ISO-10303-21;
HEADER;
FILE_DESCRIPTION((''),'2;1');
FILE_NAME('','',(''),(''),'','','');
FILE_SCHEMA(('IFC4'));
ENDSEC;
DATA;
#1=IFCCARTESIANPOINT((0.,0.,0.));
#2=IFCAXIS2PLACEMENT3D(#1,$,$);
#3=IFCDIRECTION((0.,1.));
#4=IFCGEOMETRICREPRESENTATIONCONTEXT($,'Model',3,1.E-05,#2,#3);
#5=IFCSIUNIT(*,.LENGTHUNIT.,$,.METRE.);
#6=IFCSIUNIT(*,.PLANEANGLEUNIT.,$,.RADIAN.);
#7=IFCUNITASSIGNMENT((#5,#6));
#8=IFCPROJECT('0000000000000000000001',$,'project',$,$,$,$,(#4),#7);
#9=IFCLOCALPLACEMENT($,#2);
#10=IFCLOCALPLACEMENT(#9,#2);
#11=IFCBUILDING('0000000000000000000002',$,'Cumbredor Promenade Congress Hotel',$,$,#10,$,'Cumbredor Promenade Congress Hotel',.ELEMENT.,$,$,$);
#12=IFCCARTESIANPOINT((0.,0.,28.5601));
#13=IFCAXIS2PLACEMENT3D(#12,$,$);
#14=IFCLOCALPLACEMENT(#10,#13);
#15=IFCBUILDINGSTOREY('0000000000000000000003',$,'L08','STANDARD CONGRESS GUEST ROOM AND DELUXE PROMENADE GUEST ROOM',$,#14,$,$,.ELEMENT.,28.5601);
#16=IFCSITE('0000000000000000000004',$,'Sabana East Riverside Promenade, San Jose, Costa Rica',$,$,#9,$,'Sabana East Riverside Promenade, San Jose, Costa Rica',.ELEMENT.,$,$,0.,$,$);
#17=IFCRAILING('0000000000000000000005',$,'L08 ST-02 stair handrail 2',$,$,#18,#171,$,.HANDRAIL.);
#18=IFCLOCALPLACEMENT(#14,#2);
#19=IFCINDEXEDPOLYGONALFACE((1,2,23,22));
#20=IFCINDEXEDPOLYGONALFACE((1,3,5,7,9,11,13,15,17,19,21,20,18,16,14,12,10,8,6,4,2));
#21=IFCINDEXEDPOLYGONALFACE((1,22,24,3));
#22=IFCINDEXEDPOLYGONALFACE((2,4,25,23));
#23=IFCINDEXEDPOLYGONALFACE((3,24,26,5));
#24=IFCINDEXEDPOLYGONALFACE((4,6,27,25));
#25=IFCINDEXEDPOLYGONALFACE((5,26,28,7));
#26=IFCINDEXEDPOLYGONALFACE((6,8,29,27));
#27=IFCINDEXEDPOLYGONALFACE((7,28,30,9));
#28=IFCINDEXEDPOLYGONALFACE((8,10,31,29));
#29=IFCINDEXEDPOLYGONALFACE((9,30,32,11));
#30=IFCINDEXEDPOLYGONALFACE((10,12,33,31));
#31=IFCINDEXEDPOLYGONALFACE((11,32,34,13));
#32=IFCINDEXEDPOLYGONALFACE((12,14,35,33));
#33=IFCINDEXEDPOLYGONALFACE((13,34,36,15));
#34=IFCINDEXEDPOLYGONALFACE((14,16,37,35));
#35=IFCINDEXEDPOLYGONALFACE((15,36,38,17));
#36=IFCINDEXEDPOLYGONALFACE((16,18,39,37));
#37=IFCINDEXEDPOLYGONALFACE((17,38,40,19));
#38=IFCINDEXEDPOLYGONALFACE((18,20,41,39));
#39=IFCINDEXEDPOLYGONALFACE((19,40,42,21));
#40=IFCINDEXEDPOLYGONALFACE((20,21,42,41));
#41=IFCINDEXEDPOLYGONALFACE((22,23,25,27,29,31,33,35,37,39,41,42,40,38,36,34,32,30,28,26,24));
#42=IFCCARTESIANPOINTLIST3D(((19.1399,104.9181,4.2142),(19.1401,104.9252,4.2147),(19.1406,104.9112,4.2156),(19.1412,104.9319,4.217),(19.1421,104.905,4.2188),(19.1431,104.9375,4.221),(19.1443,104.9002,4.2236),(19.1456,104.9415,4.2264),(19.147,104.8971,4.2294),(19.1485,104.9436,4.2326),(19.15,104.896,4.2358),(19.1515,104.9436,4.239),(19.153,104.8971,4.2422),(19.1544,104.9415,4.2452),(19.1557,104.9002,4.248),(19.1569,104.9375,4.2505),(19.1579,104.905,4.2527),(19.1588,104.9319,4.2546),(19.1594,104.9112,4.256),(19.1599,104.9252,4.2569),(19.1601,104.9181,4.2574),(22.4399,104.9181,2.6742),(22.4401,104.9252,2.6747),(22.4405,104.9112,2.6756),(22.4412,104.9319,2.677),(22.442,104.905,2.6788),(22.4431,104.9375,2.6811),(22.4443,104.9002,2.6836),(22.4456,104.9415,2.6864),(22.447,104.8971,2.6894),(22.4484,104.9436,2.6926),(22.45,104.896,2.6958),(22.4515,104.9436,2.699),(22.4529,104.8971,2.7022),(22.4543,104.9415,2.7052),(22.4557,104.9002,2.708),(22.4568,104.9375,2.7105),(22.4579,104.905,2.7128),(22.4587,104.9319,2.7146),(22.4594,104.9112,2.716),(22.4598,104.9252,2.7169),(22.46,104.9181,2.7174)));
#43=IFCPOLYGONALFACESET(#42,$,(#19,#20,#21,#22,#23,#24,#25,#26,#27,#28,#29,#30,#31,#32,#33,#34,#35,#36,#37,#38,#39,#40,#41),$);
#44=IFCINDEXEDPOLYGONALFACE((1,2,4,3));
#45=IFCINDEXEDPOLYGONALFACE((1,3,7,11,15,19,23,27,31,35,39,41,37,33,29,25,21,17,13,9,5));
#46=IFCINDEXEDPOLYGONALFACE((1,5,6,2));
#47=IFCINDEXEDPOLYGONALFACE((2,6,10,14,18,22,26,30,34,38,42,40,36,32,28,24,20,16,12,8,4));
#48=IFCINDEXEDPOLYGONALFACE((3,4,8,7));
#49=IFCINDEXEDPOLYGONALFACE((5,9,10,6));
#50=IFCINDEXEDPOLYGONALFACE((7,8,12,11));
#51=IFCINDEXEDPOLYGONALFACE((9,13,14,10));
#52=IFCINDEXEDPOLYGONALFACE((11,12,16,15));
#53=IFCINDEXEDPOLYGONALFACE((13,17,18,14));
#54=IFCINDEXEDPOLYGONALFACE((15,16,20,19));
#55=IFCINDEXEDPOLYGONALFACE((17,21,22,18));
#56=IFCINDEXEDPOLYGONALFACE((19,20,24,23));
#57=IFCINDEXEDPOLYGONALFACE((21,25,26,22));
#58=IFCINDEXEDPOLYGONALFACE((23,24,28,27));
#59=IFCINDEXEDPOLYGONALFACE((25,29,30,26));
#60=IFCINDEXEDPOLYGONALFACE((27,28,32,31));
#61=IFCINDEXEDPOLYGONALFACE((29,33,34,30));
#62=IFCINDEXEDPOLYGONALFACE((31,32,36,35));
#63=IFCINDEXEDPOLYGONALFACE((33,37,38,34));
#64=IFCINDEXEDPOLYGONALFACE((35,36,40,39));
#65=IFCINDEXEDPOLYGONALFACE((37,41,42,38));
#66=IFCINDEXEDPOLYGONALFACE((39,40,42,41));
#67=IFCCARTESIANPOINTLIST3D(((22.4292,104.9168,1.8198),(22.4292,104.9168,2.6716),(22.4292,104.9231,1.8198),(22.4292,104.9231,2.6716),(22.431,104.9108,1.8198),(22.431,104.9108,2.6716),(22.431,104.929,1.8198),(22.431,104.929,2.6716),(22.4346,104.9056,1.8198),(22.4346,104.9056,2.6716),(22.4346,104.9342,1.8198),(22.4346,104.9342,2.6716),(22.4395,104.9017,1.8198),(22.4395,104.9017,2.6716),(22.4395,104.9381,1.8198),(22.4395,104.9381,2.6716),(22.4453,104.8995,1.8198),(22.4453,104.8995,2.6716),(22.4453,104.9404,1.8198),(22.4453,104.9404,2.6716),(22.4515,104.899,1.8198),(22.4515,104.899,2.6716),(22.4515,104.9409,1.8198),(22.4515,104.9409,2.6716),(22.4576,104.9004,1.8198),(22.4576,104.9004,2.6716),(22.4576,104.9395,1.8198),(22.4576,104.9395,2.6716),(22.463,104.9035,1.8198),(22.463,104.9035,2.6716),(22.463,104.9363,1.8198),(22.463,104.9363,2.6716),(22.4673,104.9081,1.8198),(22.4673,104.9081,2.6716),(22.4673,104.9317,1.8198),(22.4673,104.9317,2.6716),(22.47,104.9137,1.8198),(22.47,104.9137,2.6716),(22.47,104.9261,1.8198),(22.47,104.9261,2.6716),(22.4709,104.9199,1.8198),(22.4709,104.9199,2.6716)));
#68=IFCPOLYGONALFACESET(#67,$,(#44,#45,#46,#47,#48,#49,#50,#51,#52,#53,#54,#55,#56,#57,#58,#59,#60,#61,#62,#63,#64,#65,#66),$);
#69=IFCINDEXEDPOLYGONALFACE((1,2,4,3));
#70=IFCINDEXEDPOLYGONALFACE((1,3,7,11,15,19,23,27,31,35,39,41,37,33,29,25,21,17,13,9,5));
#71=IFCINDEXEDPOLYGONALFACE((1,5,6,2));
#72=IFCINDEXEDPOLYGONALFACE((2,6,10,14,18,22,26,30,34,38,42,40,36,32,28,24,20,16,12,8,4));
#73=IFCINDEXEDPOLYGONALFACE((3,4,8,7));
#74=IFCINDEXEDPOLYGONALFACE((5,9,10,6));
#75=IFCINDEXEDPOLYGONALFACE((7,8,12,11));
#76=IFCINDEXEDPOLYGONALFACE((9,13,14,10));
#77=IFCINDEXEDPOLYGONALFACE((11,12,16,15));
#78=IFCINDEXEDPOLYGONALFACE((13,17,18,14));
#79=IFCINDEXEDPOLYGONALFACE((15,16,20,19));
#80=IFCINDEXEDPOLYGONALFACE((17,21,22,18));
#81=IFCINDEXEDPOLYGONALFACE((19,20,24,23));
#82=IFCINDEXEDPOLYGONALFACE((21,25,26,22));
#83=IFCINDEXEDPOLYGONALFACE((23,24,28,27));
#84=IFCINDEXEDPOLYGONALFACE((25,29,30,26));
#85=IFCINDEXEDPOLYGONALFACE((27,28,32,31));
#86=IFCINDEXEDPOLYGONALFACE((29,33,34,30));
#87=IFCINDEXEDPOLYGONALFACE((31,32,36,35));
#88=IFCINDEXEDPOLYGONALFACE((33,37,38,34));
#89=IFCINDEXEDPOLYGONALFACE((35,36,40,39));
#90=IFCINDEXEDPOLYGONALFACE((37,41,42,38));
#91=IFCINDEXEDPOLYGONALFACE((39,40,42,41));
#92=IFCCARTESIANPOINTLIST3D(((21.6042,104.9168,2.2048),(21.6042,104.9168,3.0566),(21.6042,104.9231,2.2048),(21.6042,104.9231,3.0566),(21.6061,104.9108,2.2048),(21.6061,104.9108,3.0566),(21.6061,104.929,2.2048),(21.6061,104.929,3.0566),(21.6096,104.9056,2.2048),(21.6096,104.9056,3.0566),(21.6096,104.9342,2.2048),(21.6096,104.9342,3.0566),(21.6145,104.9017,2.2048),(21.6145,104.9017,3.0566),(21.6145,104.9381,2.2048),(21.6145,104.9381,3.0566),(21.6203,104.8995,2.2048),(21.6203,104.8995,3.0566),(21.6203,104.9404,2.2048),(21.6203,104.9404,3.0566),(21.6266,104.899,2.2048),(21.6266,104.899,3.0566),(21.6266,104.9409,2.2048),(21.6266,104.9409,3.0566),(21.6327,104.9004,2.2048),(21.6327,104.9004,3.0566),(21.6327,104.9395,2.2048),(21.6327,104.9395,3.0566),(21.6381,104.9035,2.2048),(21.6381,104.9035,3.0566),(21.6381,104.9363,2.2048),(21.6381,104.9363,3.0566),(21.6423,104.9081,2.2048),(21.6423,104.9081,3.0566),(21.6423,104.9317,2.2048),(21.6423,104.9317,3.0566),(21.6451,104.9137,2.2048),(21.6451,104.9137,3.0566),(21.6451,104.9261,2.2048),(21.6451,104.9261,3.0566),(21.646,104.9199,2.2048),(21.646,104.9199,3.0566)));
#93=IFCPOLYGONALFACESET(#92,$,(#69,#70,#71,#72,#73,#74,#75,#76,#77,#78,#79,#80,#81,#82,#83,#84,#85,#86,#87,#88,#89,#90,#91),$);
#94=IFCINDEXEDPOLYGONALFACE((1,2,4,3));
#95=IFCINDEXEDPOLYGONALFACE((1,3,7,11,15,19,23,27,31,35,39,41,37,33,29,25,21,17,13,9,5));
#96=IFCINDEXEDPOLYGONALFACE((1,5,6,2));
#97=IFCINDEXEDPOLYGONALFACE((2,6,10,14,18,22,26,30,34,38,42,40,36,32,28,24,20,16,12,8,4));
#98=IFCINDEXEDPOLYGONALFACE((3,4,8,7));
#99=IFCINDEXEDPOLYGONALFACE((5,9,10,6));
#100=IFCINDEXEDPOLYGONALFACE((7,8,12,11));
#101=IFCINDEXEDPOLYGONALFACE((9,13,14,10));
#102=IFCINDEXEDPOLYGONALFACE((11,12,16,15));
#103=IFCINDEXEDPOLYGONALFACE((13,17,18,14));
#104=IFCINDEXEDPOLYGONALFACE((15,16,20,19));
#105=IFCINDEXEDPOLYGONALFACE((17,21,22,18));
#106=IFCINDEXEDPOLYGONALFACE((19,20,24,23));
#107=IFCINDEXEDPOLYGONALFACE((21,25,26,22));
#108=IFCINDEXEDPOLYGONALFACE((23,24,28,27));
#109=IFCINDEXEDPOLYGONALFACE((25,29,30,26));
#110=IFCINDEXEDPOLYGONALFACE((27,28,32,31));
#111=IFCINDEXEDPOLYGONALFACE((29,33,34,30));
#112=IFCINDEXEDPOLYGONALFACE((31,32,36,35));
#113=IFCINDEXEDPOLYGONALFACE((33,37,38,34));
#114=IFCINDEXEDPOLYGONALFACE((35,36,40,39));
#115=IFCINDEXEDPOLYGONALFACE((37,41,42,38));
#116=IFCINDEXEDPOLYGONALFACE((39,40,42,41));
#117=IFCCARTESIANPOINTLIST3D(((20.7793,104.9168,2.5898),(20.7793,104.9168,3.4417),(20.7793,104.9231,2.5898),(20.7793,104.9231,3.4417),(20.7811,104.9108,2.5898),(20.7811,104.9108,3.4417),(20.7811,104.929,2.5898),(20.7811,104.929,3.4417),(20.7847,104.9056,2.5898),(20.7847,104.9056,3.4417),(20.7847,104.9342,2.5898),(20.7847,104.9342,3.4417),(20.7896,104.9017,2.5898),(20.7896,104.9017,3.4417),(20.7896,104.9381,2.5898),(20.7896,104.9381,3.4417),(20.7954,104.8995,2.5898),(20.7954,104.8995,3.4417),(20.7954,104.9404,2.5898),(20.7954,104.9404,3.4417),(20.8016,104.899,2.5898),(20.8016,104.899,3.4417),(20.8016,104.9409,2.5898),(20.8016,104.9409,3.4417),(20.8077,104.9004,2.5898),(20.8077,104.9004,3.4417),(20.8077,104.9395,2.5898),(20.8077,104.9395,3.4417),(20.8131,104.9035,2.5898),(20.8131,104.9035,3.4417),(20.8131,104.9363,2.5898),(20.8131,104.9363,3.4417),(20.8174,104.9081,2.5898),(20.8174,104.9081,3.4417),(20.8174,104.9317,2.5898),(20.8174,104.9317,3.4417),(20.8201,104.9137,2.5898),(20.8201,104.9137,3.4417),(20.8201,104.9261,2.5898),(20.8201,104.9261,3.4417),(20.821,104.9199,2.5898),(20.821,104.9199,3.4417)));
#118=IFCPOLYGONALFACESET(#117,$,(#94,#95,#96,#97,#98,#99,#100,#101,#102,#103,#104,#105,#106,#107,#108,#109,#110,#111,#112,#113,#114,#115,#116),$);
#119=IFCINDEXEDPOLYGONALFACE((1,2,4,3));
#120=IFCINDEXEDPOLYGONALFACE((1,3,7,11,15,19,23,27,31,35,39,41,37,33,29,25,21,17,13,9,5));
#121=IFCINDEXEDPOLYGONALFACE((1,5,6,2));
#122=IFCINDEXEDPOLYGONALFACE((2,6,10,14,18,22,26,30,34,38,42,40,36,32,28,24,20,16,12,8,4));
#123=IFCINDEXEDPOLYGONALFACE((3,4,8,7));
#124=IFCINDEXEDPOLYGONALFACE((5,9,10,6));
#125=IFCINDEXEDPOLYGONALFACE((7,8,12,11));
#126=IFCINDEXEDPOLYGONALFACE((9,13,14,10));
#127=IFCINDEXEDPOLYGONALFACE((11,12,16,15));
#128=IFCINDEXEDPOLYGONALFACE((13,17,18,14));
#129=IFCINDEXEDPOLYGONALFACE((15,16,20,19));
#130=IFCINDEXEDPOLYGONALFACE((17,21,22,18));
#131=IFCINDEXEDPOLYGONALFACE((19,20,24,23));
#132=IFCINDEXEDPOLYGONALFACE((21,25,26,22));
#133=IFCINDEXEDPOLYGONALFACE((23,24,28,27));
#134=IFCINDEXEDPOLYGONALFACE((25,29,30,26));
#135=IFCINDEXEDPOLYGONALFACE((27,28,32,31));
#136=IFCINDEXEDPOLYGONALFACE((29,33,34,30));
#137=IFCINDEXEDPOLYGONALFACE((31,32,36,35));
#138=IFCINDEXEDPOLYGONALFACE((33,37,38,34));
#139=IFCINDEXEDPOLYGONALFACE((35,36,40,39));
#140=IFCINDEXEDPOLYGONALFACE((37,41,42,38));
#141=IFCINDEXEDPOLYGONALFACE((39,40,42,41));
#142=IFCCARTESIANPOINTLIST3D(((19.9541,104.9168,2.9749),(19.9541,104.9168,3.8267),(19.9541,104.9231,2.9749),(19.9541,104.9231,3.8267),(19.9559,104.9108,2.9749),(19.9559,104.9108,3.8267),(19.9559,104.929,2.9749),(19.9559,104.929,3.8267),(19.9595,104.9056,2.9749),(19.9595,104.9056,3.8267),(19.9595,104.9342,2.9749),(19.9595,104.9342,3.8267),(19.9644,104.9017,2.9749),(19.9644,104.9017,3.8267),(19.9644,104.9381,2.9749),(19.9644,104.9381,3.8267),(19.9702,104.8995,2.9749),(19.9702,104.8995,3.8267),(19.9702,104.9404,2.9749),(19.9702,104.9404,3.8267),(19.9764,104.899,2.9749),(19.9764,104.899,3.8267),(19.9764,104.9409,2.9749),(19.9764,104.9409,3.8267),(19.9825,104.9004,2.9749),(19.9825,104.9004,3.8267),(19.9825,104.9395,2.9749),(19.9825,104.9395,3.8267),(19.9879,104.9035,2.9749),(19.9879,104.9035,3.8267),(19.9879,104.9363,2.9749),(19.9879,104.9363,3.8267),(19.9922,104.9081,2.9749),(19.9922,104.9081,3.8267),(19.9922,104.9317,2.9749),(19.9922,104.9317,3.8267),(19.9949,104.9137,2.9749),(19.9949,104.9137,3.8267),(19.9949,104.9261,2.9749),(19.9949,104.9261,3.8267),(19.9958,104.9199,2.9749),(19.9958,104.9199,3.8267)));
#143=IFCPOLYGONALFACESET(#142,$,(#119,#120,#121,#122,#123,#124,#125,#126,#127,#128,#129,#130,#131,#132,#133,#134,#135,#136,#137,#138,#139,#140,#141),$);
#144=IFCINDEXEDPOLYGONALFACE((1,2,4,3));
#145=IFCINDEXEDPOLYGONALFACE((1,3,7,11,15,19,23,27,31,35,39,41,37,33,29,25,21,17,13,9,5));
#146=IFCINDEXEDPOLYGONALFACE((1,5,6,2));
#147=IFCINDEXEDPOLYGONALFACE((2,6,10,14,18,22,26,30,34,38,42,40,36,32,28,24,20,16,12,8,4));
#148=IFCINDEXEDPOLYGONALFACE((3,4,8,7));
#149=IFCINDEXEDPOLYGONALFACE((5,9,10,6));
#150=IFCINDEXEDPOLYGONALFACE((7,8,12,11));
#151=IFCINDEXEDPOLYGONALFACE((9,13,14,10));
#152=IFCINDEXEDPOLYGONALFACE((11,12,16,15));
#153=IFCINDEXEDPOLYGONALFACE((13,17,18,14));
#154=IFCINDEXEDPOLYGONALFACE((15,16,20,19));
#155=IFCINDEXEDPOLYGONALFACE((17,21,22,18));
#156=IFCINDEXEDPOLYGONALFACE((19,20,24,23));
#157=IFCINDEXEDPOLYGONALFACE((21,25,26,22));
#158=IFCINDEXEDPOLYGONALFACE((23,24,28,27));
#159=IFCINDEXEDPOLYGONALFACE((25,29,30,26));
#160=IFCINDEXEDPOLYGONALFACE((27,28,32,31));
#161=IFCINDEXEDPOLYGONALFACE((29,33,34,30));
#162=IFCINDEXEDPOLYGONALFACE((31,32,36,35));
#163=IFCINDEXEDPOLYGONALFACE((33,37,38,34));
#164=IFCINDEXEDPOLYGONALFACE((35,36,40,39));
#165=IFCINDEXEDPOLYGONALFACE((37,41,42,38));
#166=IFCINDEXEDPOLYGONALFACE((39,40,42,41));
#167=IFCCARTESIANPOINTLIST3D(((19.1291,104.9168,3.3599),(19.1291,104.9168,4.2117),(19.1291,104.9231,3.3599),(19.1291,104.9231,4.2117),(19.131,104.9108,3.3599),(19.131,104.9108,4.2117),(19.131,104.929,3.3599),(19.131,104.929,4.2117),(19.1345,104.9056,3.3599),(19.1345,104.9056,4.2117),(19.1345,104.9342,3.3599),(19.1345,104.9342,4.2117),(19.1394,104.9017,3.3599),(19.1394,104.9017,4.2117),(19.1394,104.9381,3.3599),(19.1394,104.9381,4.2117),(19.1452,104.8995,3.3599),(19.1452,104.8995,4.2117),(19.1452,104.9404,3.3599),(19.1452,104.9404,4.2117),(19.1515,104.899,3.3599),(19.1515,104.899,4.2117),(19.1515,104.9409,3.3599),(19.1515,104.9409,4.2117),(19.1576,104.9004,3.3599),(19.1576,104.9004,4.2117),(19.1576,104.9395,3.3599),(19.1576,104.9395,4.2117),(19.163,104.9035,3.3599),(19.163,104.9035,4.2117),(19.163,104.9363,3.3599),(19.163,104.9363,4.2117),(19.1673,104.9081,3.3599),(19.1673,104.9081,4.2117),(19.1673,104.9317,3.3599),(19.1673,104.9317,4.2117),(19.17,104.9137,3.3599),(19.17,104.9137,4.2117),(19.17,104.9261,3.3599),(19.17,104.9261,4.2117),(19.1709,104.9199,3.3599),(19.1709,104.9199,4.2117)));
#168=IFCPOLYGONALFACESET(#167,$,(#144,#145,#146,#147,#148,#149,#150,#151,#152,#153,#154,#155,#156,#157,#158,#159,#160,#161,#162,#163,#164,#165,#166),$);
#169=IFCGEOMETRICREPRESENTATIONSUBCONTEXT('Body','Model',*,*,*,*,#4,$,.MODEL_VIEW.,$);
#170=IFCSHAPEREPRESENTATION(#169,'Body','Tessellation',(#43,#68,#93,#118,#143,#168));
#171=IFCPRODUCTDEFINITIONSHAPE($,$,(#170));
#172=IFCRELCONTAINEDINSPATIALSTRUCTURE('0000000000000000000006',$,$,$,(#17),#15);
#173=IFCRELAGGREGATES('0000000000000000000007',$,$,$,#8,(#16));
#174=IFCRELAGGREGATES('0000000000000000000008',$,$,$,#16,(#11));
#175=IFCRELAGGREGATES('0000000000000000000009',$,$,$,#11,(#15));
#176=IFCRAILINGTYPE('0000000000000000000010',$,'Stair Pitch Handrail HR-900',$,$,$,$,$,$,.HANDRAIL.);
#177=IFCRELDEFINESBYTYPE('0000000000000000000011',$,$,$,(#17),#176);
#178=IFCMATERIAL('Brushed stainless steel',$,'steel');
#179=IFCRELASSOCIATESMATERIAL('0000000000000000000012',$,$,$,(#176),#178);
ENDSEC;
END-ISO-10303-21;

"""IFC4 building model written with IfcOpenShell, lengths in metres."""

from ifc_helpers import new_model, si_unit, direction, frame, origin, origin_2d, place, context, subcontext, project, spatial, circle, extrude, material, type_object, element, save


model = new_model("IFC4")

# Units and contexts
model_context = context("Model", 3, precision=1e-05, world=origin(), true_north=direction((0.0, 1.0)))
body_context = subcontext(model_context, "Body", "Model", "MODEL_VIEW")
ifc_project = project(units=[si_unit("LENGTHUNIT", "METRE"), si_unit("PLANEANGLEUNIT", "RADIAN")], contexts=[model_context])

# Site, building, storey
site_placement = place(None, origin())
site = spatial("IfcSite", under=ifc_project, at=site_placement, Name="Sabana East Riverside Promenade, San Jose, Costa Rica", LongName="Sabana East Riverside Promenade, San Jose, Costa Rica", CompositionType="ELEMENT", RefElevation=0.0)
building_placement = place(site_placement, origin())
building = spatial("IfcBuilding", under=site, at=building_placement, Name="Cumbredor Promenade Congress Hotel", LongName="Cumbredor Promenade Congress Hotel", CompositionType="ELEMENT")
storey_placement = place(building_placement, frame((0.0, 0.0, 28.5601)))
storey = spatial("IfcBuildingStorey", under=building, at=storey_placement, Name="L08", Description="STANDARD CONGRESS GUEST ROOM AND DELUXE PROMENADE GUEST ROOM", CompositionType="ELEMENT", Elevation=28.5601)

# Shared definitions
ifc_material_1 = material(Name="Brushed stainless steel", Category="steel")

# Railing
railing_type_1 = type_object("IfcRailingType", Name="Stair Pitch Handrail HR-900", PredefinedType="HANDRAIL", material=ifc_material_1)
railing_1_placement = place(storey_placement, frame((22.45, 104.9199, 1.8198)))
element("IfcRailing", 1, at=railing_1_placement, inside=storey, type_object=railing_type_1, Name="L08 ST-02 stair handrail 2", PredefinedType="HANDRAIL", context=body_context, shape_type="SweptSolid", body=[
    extrude(circle(Radius=0.0239, at=origin_2d()), frame((0.0, 0.0, 0.876), z_axis=(-0.906181, 0.0, 0.422889), x_axis=(0.0, -1.0, 0.0)), (0.0, 0.0, 1.0), 3.6416),
    extrude(circle(Radius=0.021, at=origin_2d()), origin(), (0.0, 0.0, 1.0), 0.8518),
    extrude(circle(Radius=0.021, at=origin_2d()), frame((-0.825, 0.0, 0.385)), (0.0, 0.0, 1.0), 0.8518),
    extrude(circle(Radius=0.021, at=origin_2d()), frame((-1.6499, 0.0, 0.77)), (0.0, 0.0, 1.0), 0.8518),
    extrude(circle(Radius=0.021, at=origin_2d()), frame((-2.4751, 0.0, 1.155)), (0.0, 0.0, 1.0), 0.8518),
    extrude(circle(Radius=0.021, at=origin_2d()), frame((-3.3, 0.0, 1.54)), (0.0, 0.0, 1.0), 0.8518),
])

save(model, "model.ifc")
